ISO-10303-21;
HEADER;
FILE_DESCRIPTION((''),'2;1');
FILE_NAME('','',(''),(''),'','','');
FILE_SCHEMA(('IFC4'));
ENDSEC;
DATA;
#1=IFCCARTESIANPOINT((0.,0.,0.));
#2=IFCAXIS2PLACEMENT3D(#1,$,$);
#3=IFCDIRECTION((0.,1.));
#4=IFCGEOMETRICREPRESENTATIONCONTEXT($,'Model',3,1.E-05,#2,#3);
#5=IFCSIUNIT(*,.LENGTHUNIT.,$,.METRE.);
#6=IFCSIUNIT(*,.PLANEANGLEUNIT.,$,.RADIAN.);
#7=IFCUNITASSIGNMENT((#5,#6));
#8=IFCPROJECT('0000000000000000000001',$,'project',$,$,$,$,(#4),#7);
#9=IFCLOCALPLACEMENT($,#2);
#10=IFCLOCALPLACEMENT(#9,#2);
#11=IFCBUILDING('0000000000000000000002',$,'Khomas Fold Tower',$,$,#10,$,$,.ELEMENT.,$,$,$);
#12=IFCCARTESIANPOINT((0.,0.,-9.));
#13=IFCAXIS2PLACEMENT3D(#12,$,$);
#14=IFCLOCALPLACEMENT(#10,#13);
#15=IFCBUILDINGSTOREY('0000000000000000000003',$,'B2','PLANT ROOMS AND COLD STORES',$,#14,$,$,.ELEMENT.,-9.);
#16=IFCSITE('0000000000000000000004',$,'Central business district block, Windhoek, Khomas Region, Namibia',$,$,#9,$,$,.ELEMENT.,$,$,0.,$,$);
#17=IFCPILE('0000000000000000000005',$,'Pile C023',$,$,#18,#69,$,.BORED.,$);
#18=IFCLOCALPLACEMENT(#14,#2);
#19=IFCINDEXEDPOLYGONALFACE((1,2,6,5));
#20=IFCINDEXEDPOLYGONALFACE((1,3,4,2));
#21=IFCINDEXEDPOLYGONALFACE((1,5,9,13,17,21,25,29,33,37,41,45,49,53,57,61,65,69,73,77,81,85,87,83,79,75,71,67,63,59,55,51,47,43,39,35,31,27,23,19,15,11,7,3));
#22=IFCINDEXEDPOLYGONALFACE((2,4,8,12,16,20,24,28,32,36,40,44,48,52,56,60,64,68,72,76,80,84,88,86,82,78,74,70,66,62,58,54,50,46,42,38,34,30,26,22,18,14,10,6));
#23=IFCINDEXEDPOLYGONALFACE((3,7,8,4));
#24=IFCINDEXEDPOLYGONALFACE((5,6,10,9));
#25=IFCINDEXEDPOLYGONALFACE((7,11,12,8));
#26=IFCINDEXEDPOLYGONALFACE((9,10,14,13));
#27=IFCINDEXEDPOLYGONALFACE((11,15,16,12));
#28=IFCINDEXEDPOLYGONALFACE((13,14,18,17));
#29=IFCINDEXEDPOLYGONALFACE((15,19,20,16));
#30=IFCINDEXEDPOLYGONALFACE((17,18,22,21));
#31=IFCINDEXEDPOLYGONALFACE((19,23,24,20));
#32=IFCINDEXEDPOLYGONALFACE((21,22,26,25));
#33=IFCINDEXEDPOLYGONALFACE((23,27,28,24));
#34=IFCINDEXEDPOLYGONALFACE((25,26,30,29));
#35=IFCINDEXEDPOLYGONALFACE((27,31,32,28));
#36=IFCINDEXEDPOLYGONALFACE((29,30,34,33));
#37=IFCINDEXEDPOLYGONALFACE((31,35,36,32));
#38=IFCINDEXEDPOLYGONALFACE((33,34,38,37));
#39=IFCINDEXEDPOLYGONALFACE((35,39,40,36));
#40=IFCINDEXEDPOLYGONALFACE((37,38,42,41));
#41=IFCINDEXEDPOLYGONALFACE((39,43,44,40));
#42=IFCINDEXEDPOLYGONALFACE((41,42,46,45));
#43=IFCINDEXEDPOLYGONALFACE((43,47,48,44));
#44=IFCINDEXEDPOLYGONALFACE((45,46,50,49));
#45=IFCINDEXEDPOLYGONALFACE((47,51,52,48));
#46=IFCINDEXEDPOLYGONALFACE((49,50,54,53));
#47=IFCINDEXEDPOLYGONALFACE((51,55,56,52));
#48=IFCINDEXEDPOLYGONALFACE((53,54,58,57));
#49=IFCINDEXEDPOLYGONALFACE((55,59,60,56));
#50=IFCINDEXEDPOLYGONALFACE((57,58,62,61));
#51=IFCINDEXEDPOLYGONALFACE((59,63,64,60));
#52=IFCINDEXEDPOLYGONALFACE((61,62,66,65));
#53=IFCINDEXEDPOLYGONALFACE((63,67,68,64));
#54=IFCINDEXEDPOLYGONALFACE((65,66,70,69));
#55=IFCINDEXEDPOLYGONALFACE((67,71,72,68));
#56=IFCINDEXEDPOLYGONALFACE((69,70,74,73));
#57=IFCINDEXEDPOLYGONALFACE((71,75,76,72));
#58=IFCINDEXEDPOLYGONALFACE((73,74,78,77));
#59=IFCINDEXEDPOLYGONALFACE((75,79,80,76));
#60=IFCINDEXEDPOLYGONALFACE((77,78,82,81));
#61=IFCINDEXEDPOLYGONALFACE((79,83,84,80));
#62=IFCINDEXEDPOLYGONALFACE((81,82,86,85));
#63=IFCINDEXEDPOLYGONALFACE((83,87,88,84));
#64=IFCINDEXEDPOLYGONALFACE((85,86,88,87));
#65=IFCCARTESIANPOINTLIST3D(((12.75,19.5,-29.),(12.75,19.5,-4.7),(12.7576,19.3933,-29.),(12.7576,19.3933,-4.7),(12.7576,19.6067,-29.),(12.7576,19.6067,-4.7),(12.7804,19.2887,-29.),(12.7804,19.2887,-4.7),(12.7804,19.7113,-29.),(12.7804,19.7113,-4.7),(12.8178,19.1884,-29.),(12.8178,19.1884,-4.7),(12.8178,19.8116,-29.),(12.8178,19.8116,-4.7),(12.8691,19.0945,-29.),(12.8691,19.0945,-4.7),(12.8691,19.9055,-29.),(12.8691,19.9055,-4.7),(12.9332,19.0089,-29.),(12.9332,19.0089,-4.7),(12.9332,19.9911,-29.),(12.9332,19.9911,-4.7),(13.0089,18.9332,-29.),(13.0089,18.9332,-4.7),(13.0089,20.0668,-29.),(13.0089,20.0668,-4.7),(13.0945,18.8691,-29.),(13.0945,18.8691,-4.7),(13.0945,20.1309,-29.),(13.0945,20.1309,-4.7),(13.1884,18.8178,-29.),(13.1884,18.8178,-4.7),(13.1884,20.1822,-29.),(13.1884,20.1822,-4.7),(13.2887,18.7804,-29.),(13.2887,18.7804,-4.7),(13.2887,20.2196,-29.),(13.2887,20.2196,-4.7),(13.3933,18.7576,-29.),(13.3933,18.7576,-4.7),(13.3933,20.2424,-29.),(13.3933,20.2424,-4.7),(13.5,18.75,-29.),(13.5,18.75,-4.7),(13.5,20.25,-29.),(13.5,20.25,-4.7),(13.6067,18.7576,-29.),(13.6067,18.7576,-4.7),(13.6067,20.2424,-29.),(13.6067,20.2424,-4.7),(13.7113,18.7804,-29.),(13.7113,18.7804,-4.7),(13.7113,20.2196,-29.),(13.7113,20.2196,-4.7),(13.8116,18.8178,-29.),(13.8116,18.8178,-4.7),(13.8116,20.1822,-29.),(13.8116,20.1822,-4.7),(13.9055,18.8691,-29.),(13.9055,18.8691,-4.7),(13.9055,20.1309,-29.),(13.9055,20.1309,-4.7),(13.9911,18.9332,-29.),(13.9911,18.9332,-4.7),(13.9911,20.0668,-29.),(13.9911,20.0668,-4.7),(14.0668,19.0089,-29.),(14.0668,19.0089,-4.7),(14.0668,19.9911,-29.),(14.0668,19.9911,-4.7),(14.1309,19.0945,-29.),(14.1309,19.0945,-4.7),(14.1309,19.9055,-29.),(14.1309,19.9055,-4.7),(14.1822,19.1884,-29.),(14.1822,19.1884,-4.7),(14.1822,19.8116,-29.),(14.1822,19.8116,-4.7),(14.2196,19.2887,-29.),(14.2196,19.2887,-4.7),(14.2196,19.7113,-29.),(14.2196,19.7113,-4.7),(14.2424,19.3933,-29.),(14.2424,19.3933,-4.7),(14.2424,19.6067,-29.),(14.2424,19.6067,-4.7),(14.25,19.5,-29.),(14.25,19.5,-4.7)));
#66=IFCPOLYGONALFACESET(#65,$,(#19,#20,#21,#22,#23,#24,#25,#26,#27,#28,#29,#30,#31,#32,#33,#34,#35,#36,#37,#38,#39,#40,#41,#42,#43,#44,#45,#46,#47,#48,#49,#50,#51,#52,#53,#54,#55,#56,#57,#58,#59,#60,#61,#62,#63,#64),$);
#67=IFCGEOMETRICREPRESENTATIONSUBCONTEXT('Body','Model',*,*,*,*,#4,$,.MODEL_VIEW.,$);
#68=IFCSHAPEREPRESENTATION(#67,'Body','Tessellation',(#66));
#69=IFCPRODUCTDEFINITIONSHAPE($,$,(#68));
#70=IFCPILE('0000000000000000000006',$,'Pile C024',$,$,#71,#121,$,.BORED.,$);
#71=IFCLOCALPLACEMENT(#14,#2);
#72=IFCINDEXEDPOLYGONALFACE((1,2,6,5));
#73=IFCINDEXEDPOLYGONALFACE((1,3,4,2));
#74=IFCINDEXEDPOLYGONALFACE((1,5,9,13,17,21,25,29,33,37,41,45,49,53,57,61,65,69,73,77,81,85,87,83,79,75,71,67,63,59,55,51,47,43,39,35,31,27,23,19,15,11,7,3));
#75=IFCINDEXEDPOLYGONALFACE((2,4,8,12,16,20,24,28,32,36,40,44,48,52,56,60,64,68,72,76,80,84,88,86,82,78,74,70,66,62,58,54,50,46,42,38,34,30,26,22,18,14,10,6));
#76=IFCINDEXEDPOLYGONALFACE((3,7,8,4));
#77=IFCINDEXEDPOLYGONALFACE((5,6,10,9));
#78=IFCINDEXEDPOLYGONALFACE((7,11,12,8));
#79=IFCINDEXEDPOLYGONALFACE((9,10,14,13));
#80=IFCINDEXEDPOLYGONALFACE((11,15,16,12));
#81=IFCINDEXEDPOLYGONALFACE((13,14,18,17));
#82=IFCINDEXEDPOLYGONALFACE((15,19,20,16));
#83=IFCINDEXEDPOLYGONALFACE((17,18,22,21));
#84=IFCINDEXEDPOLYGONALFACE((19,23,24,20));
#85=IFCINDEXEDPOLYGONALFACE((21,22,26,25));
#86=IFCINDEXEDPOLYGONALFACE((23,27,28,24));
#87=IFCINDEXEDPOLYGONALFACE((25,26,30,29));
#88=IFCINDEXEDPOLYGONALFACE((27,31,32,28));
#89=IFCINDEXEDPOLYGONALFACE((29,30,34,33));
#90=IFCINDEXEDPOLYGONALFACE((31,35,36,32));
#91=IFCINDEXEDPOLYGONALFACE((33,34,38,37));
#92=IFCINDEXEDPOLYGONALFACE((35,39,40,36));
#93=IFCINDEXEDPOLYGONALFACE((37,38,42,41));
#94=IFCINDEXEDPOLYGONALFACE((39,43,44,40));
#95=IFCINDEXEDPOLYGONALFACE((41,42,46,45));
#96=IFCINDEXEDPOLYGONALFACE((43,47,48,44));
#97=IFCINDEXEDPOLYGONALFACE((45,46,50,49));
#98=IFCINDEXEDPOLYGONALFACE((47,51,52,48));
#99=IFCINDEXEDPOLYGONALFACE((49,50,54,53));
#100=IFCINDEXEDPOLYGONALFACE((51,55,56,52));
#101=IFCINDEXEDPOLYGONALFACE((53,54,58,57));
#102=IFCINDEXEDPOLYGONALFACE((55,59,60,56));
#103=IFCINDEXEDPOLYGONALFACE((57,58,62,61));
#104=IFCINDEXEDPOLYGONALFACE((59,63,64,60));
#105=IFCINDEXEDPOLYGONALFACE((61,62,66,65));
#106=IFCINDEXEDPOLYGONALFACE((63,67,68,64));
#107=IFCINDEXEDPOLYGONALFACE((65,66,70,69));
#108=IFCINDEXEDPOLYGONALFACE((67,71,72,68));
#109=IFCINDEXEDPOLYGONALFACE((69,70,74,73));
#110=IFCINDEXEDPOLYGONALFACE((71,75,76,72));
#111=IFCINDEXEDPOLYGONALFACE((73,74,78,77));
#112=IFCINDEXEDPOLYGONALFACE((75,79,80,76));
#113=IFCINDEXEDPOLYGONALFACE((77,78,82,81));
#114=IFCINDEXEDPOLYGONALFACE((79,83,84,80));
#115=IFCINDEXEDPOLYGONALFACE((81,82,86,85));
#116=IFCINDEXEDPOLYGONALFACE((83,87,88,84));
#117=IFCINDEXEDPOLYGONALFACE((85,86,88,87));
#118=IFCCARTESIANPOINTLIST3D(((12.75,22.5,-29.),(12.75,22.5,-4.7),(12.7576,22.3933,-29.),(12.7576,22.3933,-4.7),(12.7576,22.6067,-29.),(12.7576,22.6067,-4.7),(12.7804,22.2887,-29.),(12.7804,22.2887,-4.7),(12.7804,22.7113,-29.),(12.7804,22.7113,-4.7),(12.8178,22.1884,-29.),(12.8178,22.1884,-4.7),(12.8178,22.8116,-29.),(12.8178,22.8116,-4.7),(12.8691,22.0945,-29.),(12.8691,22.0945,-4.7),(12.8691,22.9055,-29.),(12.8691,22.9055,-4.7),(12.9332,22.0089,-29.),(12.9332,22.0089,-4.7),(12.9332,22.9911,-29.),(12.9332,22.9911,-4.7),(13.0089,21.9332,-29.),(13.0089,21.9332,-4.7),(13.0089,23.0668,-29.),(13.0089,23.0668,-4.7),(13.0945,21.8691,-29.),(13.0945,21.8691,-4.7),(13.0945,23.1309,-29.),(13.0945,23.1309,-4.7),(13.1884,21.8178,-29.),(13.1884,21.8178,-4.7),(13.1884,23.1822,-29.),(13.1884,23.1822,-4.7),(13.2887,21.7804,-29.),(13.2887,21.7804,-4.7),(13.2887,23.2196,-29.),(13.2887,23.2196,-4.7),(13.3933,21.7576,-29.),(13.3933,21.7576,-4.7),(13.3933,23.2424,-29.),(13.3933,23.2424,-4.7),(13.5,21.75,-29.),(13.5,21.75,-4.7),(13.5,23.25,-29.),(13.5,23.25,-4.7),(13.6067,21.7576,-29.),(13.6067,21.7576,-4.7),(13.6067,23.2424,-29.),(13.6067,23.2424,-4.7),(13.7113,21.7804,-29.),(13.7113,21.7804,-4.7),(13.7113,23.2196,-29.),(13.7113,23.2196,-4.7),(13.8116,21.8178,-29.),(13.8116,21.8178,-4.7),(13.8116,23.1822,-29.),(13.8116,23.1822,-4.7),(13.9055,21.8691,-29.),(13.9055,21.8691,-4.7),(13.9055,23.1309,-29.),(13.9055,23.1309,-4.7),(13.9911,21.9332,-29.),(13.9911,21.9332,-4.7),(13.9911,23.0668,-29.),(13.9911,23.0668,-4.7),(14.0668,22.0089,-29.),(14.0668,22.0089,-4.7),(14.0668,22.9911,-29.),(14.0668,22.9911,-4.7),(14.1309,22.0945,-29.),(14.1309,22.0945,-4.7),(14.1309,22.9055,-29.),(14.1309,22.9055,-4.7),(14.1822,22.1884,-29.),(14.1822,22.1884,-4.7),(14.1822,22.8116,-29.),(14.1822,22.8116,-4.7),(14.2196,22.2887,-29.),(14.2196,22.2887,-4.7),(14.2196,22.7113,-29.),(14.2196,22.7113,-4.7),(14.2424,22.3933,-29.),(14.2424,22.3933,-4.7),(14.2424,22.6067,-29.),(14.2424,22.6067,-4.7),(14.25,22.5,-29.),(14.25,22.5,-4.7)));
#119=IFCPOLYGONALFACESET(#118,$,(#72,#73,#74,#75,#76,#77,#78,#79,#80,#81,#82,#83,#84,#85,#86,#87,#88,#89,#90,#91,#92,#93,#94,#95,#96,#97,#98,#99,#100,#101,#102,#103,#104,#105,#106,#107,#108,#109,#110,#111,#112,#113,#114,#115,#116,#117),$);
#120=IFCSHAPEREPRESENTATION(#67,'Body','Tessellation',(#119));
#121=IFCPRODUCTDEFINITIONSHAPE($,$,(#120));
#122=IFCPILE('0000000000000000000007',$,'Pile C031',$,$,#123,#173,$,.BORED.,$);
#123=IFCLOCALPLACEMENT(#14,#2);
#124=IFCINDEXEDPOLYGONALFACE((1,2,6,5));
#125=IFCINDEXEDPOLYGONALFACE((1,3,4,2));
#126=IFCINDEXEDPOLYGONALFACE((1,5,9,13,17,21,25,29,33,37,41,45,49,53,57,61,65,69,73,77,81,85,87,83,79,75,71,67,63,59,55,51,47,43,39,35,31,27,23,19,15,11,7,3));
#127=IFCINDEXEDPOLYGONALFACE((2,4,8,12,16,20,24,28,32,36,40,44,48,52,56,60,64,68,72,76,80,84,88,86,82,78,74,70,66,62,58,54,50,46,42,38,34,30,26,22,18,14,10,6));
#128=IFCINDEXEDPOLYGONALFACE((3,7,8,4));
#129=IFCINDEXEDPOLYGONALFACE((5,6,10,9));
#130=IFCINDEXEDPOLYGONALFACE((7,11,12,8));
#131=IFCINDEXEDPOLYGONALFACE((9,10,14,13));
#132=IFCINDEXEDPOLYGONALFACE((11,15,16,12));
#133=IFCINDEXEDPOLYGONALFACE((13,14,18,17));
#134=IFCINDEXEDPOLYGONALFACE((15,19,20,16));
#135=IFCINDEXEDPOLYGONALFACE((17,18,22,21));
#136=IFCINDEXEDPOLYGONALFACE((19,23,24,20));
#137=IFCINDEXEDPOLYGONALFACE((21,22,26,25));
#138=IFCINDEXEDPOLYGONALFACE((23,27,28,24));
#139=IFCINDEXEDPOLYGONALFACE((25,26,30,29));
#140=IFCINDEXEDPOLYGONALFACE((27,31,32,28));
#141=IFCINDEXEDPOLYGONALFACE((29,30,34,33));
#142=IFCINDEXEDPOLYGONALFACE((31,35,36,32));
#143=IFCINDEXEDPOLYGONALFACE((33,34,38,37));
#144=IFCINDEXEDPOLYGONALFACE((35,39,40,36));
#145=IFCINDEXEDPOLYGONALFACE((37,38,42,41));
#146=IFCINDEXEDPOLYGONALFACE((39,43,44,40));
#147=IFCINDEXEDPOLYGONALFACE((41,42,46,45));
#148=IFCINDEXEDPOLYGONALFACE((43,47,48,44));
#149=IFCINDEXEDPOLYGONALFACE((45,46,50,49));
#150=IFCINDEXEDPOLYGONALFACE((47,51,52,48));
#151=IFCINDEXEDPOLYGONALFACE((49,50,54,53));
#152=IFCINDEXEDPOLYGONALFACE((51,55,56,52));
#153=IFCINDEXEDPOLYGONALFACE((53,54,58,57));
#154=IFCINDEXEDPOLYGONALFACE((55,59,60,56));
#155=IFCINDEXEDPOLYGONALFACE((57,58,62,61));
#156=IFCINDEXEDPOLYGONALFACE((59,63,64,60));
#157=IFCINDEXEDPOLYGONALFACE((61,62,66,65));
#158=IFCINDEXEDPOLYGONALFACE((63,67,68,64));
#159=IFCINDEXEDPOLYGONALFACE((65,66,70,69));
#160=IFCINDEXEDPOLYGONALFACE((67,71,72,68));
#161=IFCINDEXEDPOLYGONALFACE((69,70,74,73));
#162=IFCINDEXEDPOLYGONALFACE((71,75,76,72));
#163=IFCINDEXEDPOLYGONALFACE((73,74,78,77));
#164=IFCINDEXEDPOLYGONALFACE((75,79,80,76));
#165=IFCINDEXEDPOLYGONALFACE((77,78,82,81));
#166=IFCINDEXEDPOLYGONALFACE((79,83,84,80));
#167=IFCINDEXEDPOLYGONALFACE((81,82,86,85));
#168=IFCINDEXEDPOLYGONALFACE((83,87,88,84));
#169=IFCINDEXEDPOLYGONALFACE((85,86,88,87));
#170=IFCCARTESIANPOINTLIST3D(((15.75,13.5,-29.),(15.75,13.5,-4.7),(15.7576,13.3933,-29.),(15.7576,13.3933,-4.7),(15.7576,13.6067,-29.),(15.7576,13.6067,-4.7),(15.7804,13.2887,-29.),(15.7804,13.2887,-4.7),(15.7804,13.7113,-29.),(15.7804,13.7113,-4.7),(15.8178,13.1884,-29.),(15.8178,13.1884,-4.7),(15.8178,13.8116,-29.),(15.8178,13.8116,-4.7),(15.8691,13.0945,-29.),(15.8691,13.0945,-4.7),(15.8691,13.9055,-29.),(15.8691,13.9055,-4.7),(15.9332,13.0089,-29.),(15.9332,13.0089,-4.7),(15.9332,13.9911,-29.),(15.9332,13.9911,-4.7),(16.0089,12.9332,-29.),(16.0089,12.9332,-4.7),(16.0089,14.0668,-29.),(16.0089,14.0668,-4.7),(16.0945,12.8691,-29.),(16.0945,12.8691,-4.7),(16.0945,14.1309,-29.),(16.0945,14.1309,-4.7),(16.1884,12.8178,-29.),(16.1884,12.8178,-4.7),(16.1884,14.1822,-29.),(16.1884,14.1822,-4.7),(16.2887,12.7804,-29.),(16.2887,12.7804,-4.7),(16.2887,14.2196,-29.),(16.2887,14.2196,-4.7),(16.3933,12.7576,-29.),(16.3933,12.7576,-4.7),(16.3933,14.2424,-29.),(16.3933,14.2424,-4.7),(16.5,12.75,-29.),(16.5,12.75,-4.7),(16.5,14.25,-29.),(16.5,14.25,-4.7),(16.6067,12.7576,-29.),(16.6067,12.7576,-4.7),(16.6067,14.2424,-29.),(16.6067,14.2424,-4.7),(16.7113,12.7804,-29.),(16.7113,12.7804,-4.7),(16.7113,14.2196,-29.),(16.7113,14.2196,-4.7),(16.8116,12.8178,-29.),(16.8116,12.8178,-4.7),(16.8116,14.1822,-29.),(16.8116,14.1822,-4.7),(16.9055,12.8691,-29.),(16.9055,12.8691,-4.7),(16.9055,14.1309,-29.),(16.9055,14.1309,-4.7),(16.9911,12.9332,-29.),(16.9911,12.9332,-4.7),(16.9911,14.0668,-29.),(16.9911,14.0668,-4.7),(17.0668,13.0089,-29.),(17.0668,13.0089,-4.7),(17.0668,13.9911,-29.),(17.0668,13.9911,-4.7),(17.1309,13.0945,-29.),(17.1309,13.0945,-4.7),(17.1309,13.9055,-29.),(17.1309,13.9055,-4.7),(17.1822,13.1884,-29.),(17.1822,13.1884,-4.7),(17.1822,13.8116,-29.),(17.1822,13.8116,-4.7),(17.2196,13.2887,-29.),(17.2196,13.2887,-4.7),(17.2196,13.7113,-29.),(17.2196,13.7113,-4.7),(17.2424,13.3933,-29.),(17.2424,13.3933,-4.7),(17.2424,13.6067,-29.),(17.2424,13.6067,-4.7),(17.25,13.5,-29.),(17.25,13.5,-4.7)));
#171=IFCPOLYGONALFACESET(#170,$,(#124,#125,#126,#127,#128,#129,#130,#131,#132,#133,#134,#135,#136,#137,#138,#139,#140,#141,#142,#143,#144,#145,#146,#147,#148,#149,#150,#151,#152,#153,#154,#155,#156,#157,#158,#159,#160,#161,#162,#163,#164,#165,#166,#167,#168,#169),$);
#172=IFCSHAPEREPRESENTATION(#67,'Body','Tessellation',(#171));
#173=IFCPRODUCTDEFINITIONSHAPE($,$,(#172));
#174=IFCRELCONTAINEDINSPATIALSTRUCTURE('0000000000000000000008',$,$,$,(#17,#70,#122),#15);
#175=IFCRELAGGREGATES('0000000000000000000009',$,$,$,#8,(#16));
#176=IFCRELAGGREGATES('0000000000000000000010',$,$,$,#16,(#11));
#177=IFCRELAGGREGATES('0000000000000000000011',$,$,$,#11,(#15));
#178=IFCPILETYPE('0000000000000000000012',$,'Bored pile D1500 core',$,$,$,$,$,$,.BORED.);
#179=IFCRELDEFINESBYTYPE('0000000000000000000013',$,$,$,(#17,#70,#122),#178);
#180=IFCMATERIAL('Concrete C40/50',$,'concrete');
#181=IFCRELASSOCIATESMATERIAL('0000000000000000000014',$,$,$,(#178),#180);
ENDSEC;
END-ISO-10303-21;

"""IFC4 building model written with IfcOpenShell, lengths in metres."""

from ifc_helpers import new_model, si_unit, direction, frame, origin, origin_2d, place, context, subcontext, project, spatial, circle, extrude, source, transform, mapped, material, material_profile, profile_set, type_object, element, save


model = new_model("IFC4")

# Units and contexts
model_context = context("Model", 3, precision=1e-05, world=origin(), true_north=direction((0.0, 1.0)))
body_context = subcontext(model_context, "Body", "Model", "MODEL_VIEW")
ifc_project = project(units=[si_unit("LENGTHUNIT", "METRE"), si_unit("PLANEANGLEUNIT", "RADIAN")], contexts=[model_context])

# Site, building, storey
site_placement = place(None, origin())
site = spatial("IfcSite", under=ifc_project, at=site_placement, Name="Central business district block, Windhoek, Khomas Region, Namibia", CompositionType="ELEMENT", RefElevation=0.0)
building_placement = place(site_placement, origin())
building = spatial("IfcBuilding", under=site, at=building_placement, Name="Khomas Fold Tower", CompositionType="ELEMENT")
storey_placement = place(building_placement, frame((0.0, 0.0, -9.0)))
storey = spatial("IfcBuildingStorey", under=building, at=storey_placement, Name="B2", Description="PLANT ROOMS AND COLD STORES", CompositionType="ELEMENT", Elevation=-9.0)

# Piles
ifc_material_1 = material(Name="Concrete C40/50", Category="concrete")
ifc_material_profile = material_profile(ifc_material_1, circle(Radius=0.75, at=origin_2d()), Name="PILE D1500")
ifc_profile_set = profile_set([ifc_material_profile], Name="Concrete C40/50")
pile_type = type_object("IfcPileType", Name="Bored pile D1500 core", PredefinedType="BORED", material=ifc_profile_set)
shared_shape_1 = source(origin(), body_context, "Body", "SweptSolid", [
    extrude(circle(Radius=0.75, at=origin_2d()), origin(), (0.0, 0.0, 1.0), 24.3),
])
for number, where, z_axis, x_axis, name in (
    (1, (13.5, 19.5, -4.7), (0.0, 0.0, -1.0), (1.0, 0.0, 0.0), "Pile C023"),
    (2, (13.5, 22.5, -4.7), (0.0, 0.0, -1.0), (1.0, 0.0, 0.0), "Pile C024"),
    (3, (16.5, 13.5, -4.7), (0.0, 0.0, -1.0), (1.0, 0.0, 0.0), "Pile C031"),
):
    element("IfcPile", number, at=place(storey_placement, frame(where, z_axis=z_axis, x_axis=x_axis)), inside=storey, type_object=pile_type, Name=name, PredefinedType="BORED", context=body_context, shape_type="MappedRepresentation", body=[
        mapped(shared_shape_1, transform((0.0, 0.0, 0.0))),
    ])

save(model, "model.ifc")
